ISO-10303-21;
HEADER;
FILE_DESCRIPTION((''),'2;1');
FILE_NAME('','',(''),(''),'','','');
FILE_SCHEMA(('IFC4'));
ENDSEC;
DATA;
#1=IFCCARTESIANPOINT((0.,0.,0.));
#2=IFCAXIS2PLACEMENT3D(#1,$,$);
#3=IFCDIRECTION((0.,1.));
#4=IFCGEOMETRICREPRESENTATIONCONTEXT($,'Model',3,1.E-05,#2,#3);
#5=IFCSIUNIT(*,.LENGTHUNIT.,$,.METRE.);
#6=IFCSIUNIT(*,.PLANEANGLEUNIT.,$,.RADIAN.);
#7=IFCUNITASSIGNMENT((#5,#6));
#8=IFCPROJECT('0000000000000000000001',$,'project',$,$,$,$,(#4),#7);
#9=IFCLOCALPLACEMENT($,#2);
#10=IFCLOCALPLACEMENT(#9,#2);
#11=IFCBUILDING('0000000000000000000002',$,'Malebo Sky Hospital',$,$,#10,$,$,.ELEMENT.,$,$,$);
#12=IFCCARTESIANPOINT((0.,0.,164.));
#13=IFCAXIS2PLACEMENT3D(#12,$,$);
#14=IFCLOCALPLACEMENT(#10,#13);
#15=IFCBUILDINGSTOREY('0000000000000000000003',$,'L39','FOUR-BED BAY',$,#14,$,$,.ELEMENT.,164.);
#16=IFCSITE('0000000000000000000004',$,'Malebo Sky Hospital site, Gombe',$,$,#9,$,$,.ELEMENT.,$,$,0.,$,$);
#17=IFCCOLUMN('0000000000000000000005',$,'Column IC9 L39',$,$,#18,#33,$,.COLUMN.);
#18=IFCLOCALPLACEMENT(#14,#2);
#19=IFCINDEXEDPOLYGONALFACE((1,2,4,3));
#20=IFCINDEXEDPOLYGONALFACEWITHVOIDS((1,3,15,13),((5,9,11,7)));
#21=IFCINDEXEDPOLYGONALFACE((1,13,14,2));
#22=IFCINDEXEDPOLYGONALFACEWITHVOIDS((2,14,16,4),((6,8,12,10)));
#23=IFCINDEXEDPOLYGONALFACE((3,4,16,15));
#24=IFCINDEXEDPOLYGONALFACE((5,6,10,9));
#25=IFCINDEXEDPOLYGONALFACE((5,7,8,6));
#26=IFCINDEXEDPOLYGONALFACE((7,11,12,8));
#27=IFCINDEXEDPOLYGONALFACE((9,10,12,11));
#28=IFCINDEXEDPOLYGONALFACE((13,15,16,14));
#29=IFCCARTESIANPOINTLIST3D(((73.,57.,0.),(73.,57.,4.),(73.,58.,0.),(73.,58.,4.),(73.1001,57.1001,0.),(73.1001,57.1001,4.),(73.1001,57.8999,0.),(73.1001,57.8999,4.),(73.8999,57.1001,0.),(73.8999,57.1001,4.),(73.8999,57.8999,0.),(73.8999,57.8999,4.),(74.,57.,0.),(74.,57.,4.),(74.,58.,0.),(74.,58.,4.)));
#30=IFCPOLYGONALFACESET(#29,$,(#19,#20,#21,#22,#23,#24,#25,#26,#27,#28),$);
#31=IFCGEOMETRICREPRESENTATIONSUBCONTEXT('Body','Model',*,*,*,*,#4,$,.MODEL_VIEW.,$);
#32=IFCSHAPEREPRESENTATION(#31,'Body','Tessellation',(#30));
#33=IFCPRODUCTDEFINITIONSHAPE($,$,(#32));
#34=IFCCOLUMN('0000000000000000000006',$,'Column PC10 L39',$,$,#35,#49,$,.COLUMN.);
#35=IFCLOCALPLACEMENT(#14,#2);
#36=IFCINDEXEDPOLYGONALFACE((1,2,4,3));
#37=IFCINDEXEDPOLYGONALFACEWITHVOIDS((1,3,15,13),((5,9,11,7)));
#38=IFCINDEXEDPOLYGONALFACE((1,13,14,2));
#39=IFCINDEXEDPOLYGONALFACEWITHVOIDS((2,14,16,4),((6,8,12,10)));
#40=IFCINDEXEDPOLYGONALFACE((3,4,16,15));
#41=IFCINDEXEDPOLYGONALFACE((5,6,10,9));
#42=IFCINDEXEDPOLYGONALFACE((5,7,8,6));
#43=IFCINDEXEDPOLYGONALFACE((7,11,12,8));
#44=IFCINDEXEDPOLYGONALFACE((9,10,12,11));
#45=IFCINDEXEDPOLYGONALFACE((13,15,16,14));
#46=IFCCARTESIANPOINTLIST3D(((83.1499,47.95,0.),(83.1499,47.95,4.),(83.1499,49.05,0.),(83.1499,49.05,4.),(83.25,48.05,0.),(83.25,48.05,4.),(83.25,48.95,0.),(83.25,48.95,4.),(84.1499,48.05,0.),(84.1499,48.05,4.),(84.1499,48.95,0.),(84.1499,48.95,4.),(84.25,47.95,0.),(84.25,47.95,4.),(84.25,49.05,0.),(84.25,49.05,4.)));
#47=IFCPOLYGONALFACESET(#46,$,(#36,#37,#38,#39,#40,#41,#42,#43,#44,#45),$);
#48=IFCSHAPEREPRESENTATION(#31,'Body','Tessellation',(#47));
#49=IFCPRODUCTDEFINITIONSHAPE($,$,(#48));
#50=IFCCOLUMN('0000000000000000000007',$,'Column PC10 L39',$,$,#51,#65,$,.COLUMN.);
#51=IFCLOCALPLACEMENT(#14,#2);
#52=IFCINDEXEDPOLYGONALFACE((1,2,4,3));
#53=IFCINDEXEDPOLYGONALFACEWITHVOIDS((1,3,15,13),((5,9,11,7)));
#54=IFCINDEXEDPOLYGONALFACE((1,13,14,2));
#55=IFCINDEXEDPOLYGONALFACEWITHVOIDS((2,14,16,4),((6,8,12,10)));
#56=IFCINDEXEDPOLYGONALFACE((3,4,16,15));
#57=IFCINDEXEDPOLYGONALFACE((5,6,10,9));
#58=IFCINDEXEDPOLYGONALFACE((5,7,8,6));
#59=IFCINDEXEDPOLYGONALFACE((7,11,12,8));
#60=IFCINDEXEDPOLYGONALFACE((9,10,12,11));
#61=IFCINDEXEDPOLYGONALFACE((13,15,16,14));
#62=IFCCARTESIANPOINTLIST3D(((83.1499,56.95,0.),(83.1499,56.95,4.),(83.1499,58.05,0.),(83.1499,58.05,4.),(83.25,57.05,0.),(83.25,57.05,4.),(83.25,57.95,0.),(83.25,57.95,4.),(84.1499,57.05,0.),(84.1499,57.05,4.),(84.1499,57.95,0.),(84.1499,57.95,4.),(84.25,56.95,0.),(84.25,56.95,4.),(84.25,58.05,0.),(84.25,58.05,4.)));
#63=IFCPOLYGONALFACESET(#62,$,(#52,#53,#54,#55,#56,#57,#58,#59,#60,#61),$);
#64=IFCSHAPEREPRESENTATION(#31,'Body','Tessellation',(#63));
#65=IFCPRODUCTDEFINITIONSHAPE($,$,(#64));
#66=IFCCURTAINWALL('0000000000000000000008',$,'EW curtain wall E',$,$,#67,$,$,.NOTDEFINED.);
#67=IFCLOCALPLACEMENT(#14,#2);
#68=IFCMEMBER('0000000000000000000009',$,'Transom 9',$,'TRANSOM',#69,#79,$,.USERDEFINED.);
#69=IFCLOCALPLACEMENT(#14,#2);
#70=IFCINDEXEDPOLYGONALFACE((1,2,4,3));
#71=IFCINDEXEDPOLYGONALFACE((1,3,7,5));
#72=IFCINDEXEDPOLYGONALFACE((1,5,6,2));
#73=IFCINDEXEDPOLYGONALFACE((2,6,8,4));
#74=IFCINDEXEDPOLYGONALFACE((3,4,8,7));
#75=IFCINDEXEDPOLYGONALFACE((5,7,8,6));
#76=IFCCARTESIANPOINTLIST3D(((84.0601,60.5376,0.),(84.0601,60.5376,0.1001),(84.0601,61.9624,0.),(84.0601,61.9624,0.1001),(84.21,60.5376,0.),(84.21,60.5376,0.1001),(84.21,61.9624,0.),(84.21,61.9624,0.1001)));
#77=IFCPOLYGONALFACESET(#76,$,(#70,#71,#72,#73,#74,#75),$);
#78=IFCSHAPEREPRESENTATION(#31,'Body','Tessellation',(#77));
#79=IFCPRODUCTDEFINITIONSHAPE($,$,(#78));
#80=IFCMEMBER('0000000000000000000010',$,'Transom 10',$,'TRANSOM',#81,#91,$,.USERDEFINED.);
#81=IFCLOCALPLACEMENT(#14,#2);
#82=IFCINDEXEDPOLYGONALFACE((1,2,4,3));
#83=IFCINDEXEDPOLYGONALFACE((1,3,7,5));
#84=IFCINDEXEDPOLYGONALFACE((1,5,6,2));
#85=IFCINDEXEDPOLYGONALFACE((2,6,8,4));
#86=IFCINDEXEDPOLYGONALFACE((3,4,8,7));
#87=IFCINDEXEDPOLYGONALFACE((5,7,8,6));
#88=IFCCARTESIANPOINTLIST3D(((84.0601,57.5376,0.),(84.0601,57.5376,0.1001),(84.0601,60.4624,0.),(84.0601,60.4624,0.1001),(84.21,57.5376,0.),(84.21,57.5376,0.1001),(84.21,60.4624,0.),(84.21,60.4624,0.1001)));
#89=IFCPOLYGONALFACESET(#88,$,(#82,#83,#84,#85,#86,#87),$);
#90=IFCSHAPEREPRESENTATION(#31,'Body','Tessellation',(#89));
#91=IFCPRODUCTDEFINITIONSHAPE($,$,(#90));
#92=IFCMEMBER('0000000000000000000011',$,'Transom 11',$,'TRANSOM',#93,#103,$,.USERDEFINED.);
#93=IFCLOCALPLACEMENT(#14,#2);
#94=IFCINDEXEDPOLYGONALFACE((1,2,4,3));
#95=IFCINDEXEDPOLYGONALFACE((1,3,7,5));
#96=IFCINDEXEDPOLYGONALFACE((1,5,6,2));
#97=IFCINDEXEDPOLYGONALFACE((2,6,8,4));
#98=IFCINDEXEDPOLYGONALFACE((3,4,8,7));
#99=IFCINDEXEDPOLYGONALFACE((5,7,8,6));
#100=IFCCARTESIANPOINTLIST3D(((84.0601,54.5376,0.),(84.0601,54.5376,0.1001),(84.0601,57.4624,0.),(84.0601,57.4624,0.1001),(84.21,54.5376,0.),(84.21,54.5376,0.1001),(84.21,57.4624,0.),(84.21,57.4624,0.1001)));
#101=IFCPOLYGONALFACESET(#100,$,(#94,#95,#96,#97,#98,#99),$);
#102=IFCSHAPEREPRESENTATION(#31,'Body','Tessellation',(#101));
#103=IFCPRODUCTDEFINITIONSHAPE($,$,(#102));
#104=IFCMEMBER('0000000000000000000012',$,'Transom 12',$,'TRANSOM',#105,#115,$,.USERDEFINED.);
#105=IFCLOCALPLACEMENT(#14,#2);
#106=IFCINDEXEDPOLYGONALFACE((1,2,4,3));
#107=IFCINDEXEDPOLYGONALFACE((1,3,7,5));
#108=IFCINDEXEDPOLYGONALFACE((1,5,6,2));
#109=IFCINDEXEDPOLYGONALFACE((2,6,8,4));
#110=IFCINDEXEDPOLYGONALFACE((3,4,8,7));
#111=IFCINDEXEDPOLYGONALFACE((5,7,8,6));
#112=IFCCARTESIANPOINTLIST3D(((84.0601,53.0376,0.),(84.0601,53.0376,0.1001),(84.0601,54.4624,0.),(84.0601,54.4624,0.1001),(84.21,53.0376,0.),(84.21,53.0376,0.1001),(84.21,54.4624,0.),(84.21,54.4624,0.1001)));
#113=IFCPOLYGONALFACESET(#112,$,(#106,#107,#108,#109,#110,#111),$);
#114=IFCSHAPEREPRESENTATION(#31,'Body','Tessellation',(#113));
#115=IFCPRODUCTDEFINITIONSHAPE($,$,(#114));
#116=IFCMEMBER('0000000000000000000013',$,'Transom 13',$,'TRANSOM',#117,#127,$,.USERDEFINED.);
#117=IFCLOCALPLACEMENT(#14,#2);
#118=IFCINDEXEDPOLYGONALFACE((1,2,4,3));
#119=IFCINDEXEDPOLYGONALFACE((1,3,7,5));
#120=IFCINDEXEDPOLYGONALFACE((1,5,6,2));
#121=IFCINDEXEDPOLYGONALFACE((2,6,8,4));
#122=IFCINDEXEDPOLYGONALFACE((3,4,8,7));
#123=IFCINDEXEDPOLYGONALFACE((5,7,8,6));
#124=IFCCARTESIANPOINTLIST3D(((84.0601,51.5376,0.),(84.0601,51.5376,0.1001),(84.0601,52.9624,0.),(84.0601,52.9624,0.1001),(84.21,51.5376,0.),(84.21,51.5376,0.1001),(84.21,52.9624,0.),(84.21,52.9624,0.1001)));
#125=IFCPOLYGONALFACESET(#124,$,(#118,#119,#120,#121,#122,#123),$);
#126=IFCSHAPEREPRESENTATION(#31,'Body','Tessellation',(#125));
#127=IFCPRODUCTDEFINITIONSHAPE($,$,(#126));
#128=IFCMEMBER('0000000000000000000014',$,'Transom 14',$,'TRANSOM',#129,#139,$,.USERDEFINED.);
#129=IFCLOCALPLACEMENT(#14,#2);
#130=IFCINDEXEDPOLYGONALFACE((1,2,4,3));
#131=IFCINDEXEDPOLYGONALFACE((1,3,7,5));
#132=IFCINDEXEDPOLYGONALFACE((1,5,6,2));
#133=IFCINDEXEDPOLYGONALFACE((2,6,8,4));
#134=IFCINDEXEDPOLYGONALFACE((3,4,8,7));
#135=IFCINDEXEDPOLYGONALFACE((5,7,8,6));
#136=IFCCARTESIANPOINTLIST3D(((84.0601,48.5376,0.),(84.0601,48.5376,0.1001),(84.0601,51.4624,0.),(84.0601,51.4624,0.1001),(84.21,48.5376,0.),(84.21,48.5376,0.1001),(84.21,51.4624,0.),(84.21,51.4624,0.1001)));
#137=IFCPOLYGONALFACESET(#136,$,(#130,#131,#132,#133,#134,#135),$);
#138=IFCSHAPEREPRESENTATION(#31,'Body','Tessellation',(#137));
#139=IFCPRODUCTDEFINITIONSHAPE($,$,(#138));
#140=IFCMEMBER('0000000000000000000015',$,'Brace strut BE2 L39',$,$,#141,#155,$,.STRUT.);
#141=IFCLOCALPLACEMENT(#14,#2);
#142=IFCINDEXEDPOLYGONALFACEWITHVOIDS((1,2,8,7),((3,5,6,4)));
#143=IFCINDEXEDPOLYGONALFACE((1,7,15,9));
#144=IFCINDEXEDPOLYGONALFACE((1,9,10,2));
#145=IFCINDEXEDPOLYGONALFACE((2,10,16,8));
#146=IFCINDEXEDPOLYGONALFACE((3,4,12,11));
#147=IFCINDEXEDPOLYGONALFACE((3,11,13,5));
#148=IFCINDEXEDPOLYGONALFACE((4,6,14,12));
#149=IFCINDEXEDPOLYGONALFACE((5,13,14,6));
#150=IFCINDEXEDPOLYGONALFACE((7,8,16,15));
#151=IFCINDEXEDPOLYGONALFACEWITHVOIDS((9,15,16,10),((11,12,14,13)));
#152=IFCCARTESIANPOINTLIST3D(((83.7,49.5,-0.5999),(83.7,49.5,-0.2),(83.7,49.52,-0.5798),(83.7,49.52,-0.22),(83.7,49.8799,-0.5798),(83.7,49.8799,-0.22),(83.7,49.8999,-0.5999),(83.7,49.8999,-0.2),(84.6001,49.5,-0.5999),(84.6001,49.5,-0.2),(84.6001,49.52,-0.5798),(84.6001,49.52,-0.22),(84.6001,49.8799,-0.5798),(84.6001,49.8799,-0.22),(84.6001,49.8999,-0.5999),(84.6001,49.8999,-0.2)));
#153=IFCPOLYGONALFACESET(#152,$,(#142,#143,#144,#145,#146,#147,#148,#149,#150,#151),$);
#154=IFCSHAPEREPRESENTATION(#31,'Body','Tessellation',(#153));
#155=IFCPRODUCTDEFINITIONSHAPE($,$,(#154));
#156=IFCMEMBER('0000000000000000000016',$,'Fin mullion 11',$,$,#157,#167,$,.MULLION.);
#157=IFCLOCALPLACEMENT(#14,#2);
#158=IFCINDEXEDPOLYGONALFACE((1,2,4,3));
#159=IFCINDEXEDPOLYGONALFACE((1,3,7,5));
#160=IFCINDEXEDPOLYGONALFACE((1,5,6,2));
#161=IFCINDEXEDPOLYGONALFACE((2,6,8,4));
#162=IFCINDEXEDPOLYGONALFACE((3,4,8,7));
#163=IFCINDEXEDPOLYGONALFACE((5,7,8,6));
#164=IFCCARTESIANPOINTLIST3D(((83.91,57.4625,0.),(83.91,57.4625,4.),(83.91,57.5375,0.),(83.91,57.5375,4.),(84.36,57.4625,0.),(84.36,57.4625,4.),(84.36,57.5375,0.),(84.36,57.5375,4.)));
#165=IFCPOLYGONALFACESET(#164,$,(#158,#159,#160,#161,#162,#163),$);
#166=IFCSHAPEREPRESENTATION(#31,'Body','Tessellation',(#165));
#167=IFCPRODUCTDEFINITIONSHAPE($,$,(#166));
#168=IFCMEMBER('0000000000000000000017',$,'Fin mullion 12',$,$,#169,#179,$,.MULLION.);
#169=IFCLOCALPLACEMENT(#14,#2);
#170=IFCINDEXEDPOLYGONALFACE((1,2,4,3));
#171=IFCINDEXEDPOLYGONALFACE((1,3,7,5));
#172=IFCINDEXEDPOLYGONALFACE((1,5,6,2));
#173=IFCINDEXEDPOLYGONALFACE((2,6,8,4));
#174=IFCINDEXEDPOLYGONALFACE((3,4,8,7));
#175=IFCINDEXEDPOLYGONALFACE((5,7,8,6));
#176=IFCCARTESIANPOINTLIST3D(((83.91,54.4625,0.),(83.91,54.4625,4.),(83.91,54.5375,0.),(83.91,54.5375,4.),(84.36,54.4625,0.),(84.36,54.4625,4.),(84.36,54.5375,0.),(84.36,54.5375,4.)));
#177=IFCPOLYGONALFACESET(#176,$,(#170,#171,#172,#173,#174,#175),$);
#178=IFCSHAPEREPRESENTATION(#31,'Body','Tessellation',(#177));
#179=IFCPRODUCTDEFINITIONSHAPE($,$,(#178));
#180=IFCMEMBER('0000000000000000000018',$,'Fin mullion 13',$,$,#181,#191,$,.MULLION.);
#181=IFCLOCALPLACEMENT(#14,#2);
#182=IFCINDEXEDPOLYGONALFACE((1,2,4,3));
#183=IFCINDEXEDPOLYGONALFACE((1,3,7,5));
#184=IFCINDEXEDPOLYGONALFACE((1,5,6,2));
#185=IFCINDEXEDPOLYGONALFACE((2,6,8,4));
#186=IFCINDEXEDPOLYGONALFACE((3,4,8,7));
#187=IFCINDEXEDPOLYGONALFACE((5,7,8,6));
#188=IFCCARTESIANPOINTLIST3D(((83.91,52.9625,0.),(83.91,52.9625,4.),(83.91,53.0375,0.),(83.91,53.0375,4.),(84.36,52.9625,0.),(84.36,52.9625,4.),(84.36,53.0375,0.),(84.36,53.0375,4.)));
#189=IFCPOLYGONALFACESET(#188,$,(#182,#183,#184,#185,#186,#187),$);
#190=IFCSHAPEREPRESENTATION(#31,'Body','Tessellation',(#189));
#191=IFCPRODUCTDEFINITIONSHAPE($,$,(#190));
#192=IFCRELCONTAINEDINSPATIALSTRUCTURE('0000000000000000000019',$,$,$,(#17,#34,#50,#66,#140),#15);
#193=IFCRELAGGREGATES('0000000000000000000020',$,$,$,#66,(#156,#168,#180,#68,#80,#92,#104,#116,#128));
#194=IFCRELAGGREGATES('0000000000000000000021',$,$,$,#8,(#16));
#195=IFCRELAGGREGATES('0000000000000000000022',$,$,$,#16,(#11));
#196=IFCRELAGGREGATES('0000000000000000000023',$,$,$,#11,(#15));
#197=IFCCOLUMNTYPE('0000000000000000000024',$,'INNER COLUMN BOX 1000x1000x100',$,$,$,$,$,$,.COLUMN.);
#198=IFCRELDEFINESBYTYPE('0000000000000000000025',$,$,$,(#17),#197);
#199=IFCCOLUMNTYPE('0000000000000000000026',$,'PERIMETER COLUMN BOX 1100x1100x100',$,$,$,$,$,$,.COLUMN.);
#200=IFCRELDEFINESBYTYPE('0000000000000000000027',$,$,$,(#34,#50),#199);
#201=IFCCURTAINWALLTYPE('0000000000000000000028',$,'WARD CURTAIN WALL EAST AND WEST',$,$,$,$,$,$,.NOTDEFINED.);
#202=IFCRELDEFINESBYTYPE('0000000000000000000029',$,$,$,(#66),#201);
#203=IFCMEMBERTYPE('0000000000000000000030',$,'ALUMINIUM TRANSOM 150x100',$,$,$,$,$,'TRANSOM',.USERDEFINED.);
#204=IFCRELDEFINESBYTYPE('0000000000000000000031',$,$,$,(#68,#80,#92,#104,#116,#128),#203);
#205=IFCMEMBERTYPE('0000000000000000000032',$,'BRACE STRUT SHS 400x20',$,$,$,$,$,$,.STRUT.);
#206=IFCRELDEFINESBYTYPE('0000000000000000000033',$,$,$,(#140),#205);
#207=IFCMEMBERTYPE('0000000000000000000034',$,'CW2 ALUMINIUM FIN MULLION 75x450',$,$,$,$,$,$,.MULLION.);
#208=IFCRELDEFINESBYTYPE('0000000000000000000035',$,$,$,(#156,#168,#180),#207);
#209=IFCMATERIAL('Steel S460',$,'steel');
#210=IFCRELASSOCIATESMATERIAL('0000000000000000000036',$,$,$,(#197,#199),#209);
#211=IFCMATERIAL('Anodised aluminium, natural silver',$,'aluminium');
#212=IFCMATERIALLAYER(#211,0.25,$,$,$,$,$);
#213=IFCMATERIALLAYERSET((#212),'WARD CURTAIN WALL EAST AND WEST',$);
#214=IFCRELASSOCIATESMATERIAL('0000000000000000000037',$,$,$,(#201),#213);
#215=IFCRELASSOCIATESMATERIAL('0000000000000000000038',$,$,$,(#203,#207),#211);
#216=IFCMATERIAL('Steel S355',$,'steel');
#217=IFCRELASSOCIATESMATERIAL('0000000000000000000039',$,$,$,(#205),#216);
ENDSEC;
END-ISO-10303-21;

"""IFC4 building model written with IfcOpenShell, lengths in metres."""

from ifc_helpers import new_model, si_unit, direction, frame, origin, origin_2d, place, context, subcontext, project, spatial, rectangle, hollow_rectangle, extrude, material, layer, layer_set, material_profile, profile_set, type_object, element, aggregate, save


model = new_model("IFC4")

# Units and contexts
model_context = context("Model", 3, precision=1e-05, world=origin(), true_north=direction((0.0, 1.0)))
body_context = subcontext(model_context, "Body", "Model", "MODEL_VIEW")
ifc_project = project(units=[si_unit("LENGTHUNIT", "METRE"), si_unit("PLANEANGLEUNIT", "RADIAN")], contexts=[model_context])

# Site, building, storey
site_placement = place(None, origin())
site = spatial("IfcSite", under=ifc_project, at=site_placement, Name="Malebo Sky Hospital site, Gombe", CompositionType="ELEMENT", RefElevation=0.0)
building_placement = place(site_placement, origin())
building = spatial("IfcBuilding", under=site, at=building_placement, Name="Malebo Sky Hospital", CompositionType="ELEMENT")
storey_placement = place(building_placement, frame((0.0, 0.0, 164.0)))
storey = spatial("IfcBuildingStorey", under=building, at=storey_placement, Name="L39", Description="FOUR-BED BAY", CompositionType="ELEMENT", Elevation=164.0)

# Columns
ifc_material_1 = material(Name="Steel S460", Category="steel")
ifc_material_profile_1 = material_profile(ifc_material_1, hollow_rectangle(XDim=1.0, YDim=1.0, WallThickness=0.1001, at=origin_2d()), Name="BOX 1000x1000x100")
ifc_profile_set_1 = profile_set([ifc_material_profile_1], Name="Steel S460")
column_type_1 = type_object("IfcColumnType", Name="INNER COLUMN BOX 1000x1000x100", PredefinedType="COLUMN", material=ifc_profile_set_1)
column_placement = place(storey_placement, frame((73.5, 57.5, 0.0), z_axis=(0.0, 0.0, 1.0), x_axis=(1.0, 0.0, 0.0)))
element("IfcColumn", 1, at=column_placement, inside=storey, type_object=column_type_1, Name="Column IC9 L39", PredefinedType="COLUMN", context=body_context, shape_type="SweptSolid", body=[
    extrude(hollow_rectangle(XDim=1.0, YDim=1.0, WallThickness=0.1001, at=origin_2d()), origin(), (0.0, 0.0, 1.0), 4.0),
])
ifc_material_profile_2 = material_profile(ifc_material_1, hollow_rectangle(XDim=1.1001, YDim=1.1001, WallThickness=0.1001, at=origin_2d()), Name="BOX 1100x1100x100")
ifc_profile_set_2 = profile_set([ifc_material_profile_2], Name="Steel S460")
column_type_2 = type_object("IfcColumnType", Name="PERIMETER COLUMN BOX 1100x1100x100", PredefinedType="COLUMN", material=ifc_profile_set_2)
for number, where, z_axis, x_axis, name in (
    (2, (83.7, 48.5, 0.0), (0.0, 0.0, 1.0), (1.0, 0.0, 0.0), "Column PC10 L39"),
    (3, (83.7, 57.5, 0.0), (0.0, 0.0, 1.0), (1.0, 0.0, 0.0), "Column PC10 L39"),
):
    element("IfcColumn", number, at=place(storey_placement, frame(where, z_axis=z_axis, x_axis=x_axis)), inside=storey, type_object=column_type_2, Name=name, PredefinedType="COLUMN", context=body_context, shape_type="SweptSolid", body=[
        extrude(hollow_rectangle(XDim=1.1001, YDim=1.1001, WallThickness=0.1001, at=origin_2d()), origin(), (0.0, 0.0, 1.0), 4.0),
    ])

# Curtain wall, members
ifc_material_2 = material(Name="Anodised aluminium, natural silver", Category="aluminium")
ifc_layer_1 = layer(ifc_material_2, 0.25)
ifc_layer_set_1 = layer_set([ifc_layer_1], Name="WARD CURTAIN WALL EAST AND WEST")
curtain_wall_type = type_object("IfcCurtainWallType", Name="WARD CURTAIN WALL EAST AND WEST", PredefinedType="NOTDEFINED", material=ifc_layer_set_1)
curtain_wall_placement = place(storey_placement, origin())
curtain_wall = element("IfcCurtainWall", 4, at=curtain_wall_placement, inside=storey, type_object=curtain_wall_type, Name="EW curtain wall E", PredefinedType="NOTDEFINED")
ifc_material_profile_3 = material_profile(ifc_material_2, rectangle(XDim=0.1499, YDim=0.1001, at=origin_2d()), Name="ALUMINIUM TRANSOM 150x100")
ifc_profile_set_3 = profile_set([ifc_material_profile_3], Name="Anodised aluminium, natural silver")
member_type_1 = type_object("IfcMemberType", Name="ALUMINIUM TRANSOM 150x100", ElementType="TRANSOM", PredefinedType="USERDEFINED", material=ifc_profile_set_3)
member_1_placement = place(storey_placement, frame((84.135, 61.9624, 0.05), z_axis=(0.0, -1.0, 0.0), x_axis=(1.0, 0.0, 0.0)))
member_1 = element("IfcMember", 5, at=member_1_placement, type_object=member_type_1, Name="Transom 9", ObjectType="TRANSOM", PredefinedType="USERDEFINED", context=body_context, shape_type="SweptSolid", body=[
    extrude(rectangle(XDim=0.1499, YDim=0.1001, at=origin_2d()), origin(), (0.0, 0.0, 1.0), 1.4248),
])
member_2_placement = place(storey_placement, frame((84.135, 60.4624, 0.05), z_axis=(0.0, -1.0, 0.0), x_axis=(1.0, 0.0, 0.0)))
member_2 = element("IfcMember", 6, at=member_2_placement, type_object=member_type_1, Name="Transom 10", ObjectType="TRANSOM", PredefinedType="USERDEFINED", context=body_context, shape_type="SweptSolid", body=[
    extrude(rectangle(XDim=0.1499, YDim=0.1001, at=origin_2d()), origin(), (0.0, 0.0, 1.0), 2.9248),
])
member_3_placement = place(storey_placement, frame((84.135, 57.4624, 0.05), z_axis=(0.0, -1.0, 0.0), x_axis=(1.0, 0.0, 0.0)))
member_3 = element("IfcMember", 7, at=member_3_placement, type_object=member_type_1, Name="Transom 11", ObjectType="TRANSOM", PredefinedType="USERDEFINED", context=body_context, shape_type="SweptSolid", body=[
    extrude(rectangle(XDim=0.1499, YDim=0.1001, at=origin_2d()), origin(), (0.0, 0.0, 1.0), 2.9248),
])
member_4_placement = place(storey_placement, frame((84.135, 54.4624, 0.05), z_axis=(0.0, -1.0, 0.0), x_axis=(1.0, 0.0, 0.0)))
member_4 = element("IfcMember", 8, at=member_4_placement, type_object=member_type_1, Name="Transom 12", ObjectType="TRANSOM", PredefinedType="USERDEFINED", context=body_context, shape_type="SweptSolid", body=[
    extrude(rectangle(XDim=0.1499, YDim=0.1001, at=origin_2d()), origin(), (0.0, 0.0, 1.0), 1.4248),
])
member_5_placement = place(storey_placement, frame((84.135, 52.9624, 0.05), z_axis=(0.0, -1.0, 0.0), x_axis=(1.0, 0.0, 0.0)))
member_5 = element("IfcMember", 9, at=member_5_placement, type_object=member_type_1, Name="Transom 13", ObjectType="TRANSOM", PredefinedType="USERDEFINED", context=body_context, shape_type="SweptSolid", body=[
    extrude(rectangle(XDim=0.1499, YDim=0.1001, at=origin_2d()), origin(), (0.0, 0.0, 1.0), 1.4248),
])
member_6_placement = place(storey_placement, frame((84.135, 51.4624, 0.05), z_axis=(0.0, -1.0, 0.0), x_axis=(1.0, 0.0, 0.0)))
member_6 = element("IfcMember", 10, at=member_6_placement, type_object=member_type_1, Name="Transom 14", ObjectType="TRANSOM", PredefinedType="USERDEFINED", context=body_context, shape_type="SweptSolid", body=[
    extrude(rectangle(XDim=0.1499, YDim=0.1001, at=origin_2d()), origin(), (0.0, 0.0, 1.0), 2.9248),
])

# Members
ifc_material_3 = material(Name="Steel S355", Category="steel")
ifc_material_profile_4 = material_profile(ifc_material_3, hollow_rectangle(XDim=0.3999, YDim=0.3999, WallThickness=0.02, at=origin_2d()), Name="SHS 400x20")
ifc_profile_set_4 = profile_set([ifc_material_profile_4], Name="Steel S355")
member_type_2 = type_object("IfcMemberType", Name="BRACE STRUT SHS 400x20", PredefinedType="STRUT", material=ifc_profile_set_4)
member_7_placement = place(storey_placement, frame((84.6001, 49.7, -0.3999), z_axis=(-1.0, 0.0, 0.0), x_axis=(0.0, -1.0, 0.0)))
element("IfcMember", 11, at=member_7_placement, inside=storey, type_object=member_type_2, Name="Brace strut BE2 L39", PredefinedType="STRUT", context=body_context, shape_type="SweptSolid", body=[
    extrude(hollow_rectangle(XDim=0.3999, YDim=0.3999, WallThickness=0.02, at=origin_2d()), origin(), (0.0, 0.0, 1.0), 0.9001),
])
ifc_material_profile_5 = material_profile(ifc_material_2, rectangle(XDim=0.075, YDim=0.45, at=origin_2d()), Name="CW2 ALUMINIUM FIN MULLION 75x450")
ifc_profile_set_5 = profile_set([ifc_material_profile_5], Name="Anodised aluminium, natural silver")
member_type_3 = type_object("IfcMemberType", Name="CW2 ALUMINIUM FIN MULLION 75x450", PredefinedType="MULLION", material=ifc_profile_set_5)
member_8_placement = place(storey_placement, frame((84.135, 57.5, 0.0), z_axis=(0.0, 0.0, 1.0), x_axis=(0.0, -1.0, 0.0)))
member_8 = element("IfcMember", 12, at=member_8_placement, type_object=member_type_3, Name="Fin mullion 11", PredefinedType="MULLION", context=body_context, shape_type="SweptSolid", body=[
    extrude(rectangle(XDim=0.075, YDim=0.45, at=origin_2d()), origin(), (0.0, 0.0, 1.0), 4.0),
])
member_9_placement = place(storey_placement, frame((84.135, 54.5, 0.0), z_axis=(0.0, 0.0, 1.0), x_axis=(0.0, -1.0, 0.0)))
member_9 = element("IfcMember", 13, at=member_9_placement, type_object=member_type_3, Name="Fin mullion 12", PredefinedType="MULLION", context=body_context, shape_type="SweptSolid", body=[
    extrude(rectangle(XDim=0.075, YDim=0.45, at=origin_2d()), origin(), (0.0, 0.0, 1.0), 4.0),
])
member_10_placement = place(storey_placement, frame((84.135, 53.0, 0.0), z_axis=(0.0, 0.0, 1.0), x_axis=(0.0, -1.0, 0.0)))
member_10 = element("IfcMember", 14, at=member_10_placement, type_object=member_type_3, Name="Fin mullion 13", PredefinedType="MULLION", context=body_context, shape_type="SweptSolid", body=[
    extrude(rectangle(XDim=0.075, YDim=0.45, at=origin_2d()), origin(), (0.0, 0.0, 1.0), 4.0),
])

aggregate(curtain_wall, [member_8, member_9, member_10, member_1, member_2, member_3, member_4, member_5, member_6])

save(model, "model.ifc")
